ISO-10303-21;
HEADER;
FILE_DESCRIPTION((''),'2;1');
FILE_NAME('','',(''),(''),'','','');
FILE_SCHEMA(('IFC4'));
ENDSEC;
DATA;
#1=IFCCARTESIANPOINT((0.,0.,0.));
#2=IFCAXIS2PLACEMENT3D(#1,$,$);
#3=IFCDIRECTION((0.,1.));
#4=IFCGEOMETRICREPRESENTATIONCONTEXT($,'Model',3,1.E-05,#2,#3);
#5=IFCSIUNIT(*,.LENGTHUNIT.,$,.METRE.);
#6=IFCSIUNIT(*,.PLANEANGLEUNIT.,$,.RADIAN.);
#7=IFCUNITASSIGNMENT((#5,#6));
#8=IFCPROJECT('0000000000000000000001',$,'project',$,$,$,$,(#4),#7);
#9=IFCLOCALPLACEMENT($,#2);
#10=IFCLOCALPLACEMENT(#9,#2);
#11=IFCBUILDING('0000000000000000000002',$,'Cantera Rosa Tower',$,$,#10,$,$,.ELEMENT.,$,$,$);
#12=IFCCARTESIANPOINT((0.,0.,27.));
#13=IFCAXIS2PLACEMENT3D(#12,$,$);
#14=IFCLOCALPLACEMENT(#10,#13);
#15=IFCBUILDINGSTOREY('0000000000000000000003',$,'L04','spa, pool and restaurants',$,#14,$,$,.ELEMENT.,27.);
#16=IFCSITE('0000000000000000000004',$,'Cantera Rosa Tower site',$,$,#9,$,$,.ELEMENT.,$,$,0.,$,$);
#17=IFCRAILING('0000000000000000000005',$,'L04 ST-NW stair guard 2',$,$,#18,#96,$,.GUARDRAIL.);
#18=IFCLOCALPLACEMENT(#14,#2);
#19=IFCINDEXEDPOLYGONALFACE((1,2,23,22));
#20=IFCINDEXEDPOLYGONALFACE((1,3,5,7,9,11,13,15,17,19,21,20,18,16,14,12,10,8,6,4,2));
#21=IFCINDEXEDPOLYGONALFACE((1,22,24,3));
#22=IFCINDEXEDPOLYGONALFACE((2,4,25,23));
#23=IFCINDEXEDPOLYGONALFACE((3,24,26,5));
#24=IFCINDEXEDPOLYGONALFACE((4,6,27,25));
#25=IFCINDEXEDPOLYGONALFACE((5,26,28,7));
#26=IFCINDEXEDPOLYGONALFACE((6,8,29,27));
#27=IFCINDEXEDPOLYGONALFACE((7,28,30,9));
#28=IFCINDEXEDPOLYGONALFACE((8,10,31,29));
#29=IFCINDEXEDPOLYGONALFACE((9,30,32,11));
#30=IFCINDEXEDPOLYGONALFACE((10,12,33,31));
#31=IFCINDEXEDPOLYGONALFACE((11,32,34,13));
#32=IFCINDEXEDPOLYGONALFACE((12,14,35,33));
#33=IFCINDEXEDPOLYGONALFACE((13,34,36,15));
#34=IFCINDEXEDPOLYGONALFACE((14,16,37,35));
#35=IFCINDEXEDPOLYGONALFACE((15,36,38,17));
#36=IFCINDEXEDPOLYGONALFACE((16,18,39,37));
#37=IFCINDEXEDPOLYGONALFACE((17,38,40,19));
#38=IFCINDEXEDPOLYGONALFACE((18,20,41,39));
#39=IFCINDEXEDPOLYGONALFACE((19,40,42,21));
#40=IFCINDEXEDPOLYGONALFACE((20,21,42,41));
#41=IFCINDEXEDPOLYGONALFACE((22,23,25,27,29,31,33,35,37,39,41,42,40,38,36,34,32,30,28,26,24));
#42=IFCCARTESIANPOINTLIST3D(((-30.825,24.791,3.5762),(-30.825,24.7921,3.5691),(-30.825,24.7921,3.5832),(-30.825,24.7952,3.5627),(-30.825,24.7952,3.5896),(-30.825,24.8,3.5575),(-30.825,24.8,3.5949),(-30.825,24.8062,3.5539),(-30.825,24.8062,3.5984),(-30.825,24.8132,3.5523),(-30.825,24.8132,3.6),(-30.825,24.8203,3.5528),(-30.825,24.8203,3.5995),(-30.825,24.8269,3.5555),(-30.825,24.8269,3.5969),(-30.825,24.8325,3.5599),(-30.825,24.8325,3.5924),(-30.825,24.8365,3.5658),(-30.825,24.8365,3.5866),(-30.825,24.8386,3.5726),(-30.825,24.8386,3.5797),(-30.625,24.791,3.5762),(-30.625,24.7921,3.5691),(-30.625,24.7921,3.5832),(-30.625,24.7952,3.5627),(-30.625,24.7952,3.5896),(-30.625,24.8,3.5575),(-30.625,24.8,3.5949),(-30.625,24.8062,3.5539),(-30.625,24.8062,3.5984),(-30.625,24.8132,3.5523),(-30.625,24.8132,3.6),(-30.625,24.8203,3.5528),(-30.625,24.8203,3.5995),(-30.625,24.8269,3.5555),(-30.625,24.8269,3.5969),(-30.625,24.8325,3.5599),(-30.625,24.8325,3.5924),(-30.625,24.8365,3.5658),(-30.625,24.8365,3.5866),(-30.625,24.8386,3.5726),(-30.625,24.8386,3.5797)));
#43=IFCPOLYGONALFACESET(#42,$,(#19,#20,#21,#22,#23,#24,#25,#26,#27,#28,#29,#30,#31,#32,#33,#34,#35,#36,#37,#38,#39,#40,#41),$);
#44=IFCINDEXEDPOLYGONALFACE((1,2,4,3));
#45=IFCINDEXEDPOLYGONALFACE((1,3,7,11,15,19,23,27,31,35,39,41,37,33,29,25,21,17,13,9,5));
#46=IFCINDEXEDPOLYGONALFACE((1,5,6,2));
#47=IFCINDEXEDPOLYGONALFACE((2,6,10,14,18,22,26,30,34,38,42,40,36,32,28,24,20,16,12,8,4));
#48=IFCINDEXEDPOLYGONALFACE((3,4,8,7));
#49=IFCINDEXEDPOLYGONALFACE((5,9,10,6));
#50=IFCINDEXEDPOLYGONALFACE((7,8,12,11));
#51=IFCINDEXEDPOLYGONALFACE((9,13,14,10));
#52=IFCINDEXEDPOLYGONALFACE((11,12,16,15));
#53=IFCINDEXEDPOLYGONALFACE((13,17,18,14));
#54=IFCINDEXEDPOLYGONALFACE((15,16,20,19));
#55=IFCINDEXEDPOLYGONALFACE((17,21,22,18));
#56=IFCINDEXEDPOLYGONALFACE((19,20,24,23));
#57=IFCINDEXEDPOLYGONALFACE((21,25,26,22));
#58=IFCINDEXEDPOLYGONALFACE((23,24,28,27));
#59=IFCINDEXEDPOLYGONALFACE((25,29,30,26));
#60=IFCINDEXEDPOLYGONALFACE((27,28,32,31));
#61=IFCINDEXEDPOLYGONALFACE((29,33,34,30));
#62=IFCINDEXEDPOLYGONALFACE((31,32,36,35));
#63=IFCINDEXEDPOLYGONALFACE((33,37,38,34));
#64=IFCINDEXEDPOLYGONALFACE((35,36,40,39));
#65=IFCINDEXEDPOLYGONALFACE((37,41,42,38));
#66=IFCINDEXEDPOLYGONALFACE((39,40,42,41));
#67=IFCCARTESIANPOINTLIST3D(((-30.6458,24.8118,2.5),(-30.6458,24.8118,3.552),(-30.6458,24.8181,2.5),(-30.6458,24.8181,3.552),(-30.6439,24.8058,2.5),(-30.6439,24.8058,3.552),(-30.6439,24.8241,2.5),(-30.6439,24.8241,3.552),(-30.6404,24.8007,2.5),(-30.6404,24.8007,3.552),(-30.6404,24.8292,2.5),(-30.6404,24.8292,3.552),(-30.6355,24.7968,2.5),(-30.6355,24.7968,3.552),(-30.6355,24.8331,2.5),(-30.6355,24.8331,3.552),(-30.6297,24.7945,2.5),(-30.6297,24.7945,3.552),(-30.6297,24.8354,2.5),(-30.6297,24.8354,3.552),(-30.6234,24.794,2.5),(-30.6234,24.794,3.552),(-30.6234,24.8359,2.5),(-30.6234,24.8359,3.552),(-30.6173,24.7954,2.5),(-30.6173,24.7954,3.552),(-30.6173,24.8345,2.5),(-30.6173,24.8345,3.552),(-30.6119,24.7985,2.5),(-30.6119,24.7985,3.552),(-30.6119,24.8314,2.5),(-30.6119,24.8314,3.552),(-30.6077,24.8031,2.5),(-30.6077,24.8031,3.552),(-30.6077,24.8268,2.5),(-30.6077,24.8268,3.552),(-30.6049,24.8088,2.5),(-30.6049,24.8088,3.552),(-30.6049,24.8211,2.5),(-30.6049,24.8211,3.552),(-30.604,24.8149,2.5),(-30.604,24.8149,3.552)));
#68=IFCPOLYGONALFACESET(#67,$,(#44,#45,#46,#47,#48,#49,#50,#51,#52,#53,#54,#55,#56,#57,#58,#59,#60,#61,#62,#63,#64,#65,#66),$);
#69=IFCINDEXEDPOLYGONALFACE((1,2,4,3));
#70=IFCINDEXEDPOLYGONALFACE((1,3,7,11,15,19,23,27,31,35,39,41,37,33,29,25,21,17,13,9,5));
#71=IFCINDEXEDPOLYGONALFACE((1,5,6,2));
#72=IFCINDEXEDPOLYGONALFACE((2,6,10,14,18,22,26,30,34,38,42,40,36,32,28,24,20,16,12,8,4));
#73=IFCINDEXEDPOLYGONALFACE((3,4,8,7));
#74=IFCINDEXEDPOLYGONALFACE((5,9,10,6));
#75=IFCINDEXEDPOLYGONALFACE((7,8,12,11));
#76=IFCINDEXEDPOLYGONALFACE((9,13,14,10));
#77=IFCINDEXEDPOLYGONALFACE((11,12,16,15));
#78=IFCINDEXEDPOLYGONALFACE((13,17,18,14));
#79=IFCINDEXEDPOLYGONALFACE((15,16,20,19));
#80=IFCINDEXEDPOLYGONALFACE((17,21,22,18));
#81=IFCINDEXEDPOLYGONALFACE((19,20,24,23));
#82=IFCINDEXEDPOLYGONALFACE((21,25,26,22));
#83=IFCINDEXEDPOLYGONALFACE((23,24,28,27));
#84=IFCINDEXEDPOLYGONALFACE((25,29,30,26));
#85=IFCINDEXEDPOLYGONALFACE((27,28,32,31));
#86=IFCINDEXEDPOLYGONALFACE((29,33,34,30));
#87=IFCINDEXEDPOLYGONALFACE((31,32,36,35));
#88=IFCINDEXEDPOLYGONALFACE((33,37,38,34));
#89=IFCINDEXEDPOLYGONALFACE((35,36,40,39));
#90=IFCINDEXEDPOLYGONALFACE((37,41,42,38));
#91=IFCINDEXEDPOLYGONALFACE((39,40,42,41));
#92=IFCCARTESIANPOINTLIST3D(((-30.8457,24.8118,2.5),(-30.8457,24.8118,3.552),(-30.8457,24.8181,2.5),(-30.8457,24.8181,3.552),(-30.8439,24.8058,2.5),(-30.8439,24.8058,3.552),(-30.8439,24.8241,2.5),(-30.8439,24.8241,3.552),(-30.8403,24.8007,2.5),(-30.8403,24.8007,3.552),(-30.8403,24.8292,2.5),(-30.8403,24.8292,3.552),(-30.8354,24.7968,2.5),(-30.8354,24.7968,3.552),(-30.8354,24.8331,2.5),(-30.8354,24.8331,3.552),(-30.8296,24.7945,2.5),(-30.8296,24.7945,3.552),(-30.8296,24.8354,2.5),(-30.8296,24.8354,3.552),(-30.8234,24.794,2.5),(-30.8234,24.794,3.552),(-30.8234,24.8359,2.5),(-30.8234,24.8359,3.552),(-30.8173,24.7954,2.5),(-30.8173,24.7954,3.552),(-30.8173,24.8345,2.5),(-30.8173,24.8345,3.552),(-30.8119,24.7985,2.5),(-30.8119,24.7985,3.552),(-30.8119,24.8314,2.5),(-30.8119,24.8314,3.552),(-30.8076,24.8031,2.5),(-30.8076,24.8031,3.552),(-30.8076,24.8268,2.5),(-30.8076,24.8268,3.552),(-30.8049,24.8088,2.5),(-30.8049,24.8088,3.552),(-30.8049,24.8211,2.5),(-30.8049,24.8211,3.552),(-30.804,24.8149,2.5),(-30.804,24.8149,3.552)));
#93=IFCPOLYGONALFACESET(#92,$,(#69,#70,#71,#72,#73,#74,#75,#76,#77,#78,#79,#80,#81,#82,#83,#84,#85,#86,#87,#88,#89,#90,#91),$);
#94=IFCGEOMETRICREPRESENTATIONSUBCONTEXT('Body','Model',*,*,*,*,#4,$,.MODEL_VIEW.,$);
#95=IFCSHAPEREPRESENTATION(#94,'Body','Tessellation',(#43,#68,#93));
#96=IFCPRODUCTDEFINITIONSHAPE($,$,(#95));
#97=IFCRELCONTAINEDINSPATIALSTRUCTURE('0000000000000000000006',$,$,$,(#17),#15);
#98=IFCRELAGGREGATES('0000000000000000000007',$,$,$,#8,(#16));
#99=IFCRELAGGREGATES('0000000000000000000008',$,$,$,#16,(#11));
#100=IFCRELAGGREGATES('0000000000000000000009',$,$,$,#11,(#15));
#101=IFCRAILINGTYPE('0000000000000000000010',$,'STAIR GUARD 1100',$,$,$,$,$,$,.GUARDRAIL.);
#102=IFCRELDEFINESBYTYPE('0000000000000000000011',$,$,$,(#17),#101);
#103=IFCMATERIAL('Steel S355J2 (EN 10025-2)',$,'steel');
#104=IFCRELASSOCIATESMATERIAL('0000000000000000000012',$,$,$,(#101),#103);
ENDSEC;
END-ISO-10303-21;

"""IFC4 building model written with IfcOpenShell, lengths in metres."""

from ifc_helpers import new_model, si_unit, direction, frame, origin, origin_2d, place, context, subcontext, project, spatial, circle, extrude, material, type_object, element, save


model = new_model("IFC4")

# Units and contexts
model_context = context("Model", 3, precision=1e-05, world=origin(), true_north=direction((0.0, 1.0)))
body_context = subcontext(model_context, "Body", "Model", "MODEL_VIEW")
ifc_project = project(units=[si_unit("LENGTHUNIT", "METRE"), si_unit("PLANEANGLEUNIT", "RADIAN")], contexts=[model_context])

# Site, building, storey
site_placement = place(None, origin())
site = spatial("IfcSite", under=ifc_project, at=site_placement, Name="Cantera Rosa Tower site", CompositionType="ELEMENT", RefElevation=0.0)
building_placement = place(site_placement, origin())
building = spatial("IfcBuilding", under=site, at=building_placement, Name="Cantera Rosa Tower", CompositionType="ELEMENT")
storey_placement = place(building_placement, frame((0.0, 0.0, 27.0)))
storey = spatial("IfcBuildingStorey", under=building, at=storey_placement, Name="L04", Description="spa, pool and restaurants", CompositionType="ELEMENT", Elevation=27.0)

# Railing
ifc_material_1 = material(Name="Steel S355J2 (EN 10025-2)", Category="steel")
railing_type_1 = type_object("IfcRailingType", Name="STAIR GUARD 1100", PredefinedType="GUARDRAIL", material=ifc_material_1)
railing_1_placement = place(storey_placement, frame((-30.625, 24.8149, 2.5)))
element("IfcRailing", 1, at=railing_1_placement, inside=storey, type_object=railing_type_1, Name="L04 ST-NW stair guard 2", PredefinedType="GUARDRAIL", context=body_context, shape_type="SweptSolid", body=[
    extrude(circle(Radius=0.0239, at=origin_2d()), frame((0.0, 0.0, 1.0762), z_axis=(-1.0, 0.0, 0.0), x_axis=(0.0, -1.0, 0.0)), (0.0, 0.0, 1.0), 0.2),
    extrude(circle(Radius=0.021, at=origin_2d()), origin(), (0.0, 0.0, 1.0), 1.052),
    extrude(circle(Radius=0.021, at=origin_2d()), frame((-0.2, 0.0, 0.0)), (0.0, 0.0, 1.0), 1.052),
])

save(model, "model.ifc")
